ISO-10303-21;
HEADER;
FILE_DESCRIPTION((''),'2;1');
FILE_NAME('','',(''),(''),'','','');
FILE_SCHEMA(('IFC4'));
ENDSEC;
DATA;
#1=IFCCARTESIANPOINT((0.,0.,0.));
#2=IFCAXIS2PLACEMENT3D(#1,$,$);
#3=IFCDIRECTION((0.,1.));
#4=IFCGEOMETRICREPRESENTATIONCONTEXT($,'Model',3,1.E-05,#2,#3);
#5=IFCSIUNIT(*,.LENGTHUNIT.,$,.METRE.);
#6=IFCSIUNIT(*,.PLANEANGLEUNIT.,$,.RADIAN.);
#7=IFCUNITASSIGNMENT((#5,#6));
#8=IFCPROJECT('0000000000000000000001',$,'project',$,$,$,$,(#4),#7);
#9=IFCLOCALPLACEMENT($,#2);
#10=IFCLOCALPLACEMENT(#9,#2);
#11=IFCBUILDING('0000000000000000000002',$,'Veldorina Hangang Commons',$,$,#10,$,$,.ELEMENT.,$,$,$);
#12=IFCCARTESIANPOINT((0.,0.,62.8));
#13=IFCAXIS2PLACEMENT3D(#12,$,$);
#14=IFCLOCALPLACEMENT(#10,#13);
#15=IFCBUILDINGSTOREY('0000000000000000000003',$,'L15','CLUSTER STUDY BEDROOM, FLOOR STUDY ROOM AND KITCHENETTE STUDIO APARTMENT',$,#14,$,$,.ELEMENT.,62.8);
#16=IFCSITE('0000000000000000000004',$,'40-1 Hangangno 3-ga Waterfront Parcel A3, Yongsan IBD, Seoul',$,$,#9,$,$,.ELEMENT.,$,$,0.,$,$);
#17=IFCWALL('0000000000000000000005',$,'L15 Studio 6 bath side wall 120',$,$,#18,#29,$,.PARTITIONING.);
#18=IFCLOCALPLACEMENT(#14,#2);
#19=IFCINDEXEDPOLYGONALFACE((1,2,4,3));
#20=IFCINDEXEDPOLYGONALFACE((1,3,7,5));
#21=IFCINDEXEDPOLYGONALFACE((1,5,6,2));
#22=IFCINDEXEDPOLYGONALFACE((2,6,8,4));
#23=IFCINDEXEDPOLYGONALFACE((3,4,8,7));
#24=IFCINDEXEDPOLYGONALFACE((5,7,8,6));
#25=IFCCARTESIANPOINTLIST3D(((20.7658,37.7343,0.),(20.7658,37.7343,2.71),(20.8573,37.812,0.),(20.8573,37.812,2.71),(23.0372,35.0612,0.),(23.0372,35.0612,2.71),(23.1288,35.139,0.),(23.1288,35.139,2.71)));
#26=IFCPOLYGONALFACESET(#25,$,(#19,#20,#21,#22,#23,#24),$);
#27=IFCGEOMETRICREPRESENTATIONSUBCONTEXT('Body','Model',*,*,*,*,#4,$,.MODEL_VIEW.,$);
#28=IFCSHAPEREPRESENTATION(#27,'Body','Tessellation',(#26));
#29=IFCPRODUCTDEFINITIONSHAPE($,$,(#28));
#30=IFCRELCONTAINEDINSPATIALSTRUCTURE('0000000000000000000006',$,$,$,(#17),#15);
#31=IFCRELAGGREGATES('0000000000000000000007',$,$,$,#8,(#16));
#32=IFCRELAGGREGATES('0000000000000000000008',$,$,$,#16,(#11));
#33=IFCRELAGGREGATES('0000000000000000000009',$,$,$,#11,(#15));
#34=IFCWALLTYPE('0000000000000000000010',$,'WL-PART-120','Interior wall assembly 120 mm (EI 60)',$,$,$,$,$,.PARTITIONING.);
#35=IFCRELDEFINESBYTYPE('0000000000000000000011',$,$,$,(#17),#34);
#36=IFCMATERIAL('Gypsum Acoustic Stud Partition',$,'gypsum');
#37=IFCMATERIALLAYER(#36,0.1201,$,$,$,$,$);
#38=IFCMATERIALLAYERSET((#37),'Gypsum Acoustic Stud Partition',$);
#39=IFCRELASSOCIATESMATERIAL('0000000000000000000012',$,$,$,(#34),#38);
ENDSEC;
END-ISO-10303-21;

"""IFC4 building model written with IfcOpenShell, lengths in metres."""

from ifc_helpers import new_model, si_unit, direction, frame, frame_2d, origin, place, context, subcontext, project, spatial, rectangle, extrude, material, layer, layer_set, type_object, element, save


model = new_model("IFC4")

# Units and contexts
model_context = context("Model", 3, precision=1e-05, world=origin(), true_north=direction((0.0, 1.0)))
body_context = subcontext(model_context, "Body", "Model", "MODEL_VIEW")
ifc_project = project(units=[si_unit("LENGTHUNIT", "METRE"), si_unit("PLANEANGLEUNIT", "RADIAN")], contexts=[model_context])

# Site, building, storey
site_placement = place(None, origin())
site = spatial("IfcSite", under=ifc_project, at=site_placement, Name="40-1 Hangangno 3-ga Waterfront Parcel A3, Yongsan IBD, Seoul", CompositionType="ELEMENT", RefElevation=0.0)
building_placement = place(site_placement, origin())
building = spatial("IfcBuilding", under=site, at=building_placement, Name="Veldorina Hangang Commons", CompositionType="ELEMENT")
storey_placement = place(building_placement, frame((0.0, 0.0, 62.8)))
storey = spatial("IfcBuildingStorey", under=building, at=storey_placement, Name="L15", Description="CLUSTER STUDY BEDROOM, FLOOR STUDY ROOM AND KITCHENETTE STUDIO APARTMENT", CompositionType="ELEMENT", Elevation=62.8)

# Shared definitions
ifc_material_1 = material(Name="Gypsum Acoustic Stud Partition", Category="gypsum")
ifc_layer_1 = layer(ifc_material_1, 0.1201)
ifc_layer_set_1 = layer_set([ifc_layer_1], Name="Gypsum Acoustic Stud Partition")
wall_type_1 = type_object("IfcWallType", Name="WL-PART-120", Description="Interior wall assembly 120 mm (EI 60)", PredefinedType="PARTITIONING", material=ifc_layer_set_1)

# Wall
wall_1_placement = place(storey_placement, frame((23.083, 35.1001, 0.0), z_axis=(0.0, 0.0, 1.0), x_axis=(-0.647541, 0.76203, 0.0)))
element("IfcWall", 1, at=wall_1_placement, inside=storey, type_object=wall_type_1, Name="L15 Studio 6 bath side wall 120", PredefinedType="PARTITIONING", context=body_context, shape_type="SweptSolid", body=[
    extrude(rectangle(XDim=3.5078, YDim=0.1201, at=frame_2d((1.7539, 0.0))), origin(), (0.0, 0.0, 1.0), 2.71),
])

save(model, "model.ifc")
